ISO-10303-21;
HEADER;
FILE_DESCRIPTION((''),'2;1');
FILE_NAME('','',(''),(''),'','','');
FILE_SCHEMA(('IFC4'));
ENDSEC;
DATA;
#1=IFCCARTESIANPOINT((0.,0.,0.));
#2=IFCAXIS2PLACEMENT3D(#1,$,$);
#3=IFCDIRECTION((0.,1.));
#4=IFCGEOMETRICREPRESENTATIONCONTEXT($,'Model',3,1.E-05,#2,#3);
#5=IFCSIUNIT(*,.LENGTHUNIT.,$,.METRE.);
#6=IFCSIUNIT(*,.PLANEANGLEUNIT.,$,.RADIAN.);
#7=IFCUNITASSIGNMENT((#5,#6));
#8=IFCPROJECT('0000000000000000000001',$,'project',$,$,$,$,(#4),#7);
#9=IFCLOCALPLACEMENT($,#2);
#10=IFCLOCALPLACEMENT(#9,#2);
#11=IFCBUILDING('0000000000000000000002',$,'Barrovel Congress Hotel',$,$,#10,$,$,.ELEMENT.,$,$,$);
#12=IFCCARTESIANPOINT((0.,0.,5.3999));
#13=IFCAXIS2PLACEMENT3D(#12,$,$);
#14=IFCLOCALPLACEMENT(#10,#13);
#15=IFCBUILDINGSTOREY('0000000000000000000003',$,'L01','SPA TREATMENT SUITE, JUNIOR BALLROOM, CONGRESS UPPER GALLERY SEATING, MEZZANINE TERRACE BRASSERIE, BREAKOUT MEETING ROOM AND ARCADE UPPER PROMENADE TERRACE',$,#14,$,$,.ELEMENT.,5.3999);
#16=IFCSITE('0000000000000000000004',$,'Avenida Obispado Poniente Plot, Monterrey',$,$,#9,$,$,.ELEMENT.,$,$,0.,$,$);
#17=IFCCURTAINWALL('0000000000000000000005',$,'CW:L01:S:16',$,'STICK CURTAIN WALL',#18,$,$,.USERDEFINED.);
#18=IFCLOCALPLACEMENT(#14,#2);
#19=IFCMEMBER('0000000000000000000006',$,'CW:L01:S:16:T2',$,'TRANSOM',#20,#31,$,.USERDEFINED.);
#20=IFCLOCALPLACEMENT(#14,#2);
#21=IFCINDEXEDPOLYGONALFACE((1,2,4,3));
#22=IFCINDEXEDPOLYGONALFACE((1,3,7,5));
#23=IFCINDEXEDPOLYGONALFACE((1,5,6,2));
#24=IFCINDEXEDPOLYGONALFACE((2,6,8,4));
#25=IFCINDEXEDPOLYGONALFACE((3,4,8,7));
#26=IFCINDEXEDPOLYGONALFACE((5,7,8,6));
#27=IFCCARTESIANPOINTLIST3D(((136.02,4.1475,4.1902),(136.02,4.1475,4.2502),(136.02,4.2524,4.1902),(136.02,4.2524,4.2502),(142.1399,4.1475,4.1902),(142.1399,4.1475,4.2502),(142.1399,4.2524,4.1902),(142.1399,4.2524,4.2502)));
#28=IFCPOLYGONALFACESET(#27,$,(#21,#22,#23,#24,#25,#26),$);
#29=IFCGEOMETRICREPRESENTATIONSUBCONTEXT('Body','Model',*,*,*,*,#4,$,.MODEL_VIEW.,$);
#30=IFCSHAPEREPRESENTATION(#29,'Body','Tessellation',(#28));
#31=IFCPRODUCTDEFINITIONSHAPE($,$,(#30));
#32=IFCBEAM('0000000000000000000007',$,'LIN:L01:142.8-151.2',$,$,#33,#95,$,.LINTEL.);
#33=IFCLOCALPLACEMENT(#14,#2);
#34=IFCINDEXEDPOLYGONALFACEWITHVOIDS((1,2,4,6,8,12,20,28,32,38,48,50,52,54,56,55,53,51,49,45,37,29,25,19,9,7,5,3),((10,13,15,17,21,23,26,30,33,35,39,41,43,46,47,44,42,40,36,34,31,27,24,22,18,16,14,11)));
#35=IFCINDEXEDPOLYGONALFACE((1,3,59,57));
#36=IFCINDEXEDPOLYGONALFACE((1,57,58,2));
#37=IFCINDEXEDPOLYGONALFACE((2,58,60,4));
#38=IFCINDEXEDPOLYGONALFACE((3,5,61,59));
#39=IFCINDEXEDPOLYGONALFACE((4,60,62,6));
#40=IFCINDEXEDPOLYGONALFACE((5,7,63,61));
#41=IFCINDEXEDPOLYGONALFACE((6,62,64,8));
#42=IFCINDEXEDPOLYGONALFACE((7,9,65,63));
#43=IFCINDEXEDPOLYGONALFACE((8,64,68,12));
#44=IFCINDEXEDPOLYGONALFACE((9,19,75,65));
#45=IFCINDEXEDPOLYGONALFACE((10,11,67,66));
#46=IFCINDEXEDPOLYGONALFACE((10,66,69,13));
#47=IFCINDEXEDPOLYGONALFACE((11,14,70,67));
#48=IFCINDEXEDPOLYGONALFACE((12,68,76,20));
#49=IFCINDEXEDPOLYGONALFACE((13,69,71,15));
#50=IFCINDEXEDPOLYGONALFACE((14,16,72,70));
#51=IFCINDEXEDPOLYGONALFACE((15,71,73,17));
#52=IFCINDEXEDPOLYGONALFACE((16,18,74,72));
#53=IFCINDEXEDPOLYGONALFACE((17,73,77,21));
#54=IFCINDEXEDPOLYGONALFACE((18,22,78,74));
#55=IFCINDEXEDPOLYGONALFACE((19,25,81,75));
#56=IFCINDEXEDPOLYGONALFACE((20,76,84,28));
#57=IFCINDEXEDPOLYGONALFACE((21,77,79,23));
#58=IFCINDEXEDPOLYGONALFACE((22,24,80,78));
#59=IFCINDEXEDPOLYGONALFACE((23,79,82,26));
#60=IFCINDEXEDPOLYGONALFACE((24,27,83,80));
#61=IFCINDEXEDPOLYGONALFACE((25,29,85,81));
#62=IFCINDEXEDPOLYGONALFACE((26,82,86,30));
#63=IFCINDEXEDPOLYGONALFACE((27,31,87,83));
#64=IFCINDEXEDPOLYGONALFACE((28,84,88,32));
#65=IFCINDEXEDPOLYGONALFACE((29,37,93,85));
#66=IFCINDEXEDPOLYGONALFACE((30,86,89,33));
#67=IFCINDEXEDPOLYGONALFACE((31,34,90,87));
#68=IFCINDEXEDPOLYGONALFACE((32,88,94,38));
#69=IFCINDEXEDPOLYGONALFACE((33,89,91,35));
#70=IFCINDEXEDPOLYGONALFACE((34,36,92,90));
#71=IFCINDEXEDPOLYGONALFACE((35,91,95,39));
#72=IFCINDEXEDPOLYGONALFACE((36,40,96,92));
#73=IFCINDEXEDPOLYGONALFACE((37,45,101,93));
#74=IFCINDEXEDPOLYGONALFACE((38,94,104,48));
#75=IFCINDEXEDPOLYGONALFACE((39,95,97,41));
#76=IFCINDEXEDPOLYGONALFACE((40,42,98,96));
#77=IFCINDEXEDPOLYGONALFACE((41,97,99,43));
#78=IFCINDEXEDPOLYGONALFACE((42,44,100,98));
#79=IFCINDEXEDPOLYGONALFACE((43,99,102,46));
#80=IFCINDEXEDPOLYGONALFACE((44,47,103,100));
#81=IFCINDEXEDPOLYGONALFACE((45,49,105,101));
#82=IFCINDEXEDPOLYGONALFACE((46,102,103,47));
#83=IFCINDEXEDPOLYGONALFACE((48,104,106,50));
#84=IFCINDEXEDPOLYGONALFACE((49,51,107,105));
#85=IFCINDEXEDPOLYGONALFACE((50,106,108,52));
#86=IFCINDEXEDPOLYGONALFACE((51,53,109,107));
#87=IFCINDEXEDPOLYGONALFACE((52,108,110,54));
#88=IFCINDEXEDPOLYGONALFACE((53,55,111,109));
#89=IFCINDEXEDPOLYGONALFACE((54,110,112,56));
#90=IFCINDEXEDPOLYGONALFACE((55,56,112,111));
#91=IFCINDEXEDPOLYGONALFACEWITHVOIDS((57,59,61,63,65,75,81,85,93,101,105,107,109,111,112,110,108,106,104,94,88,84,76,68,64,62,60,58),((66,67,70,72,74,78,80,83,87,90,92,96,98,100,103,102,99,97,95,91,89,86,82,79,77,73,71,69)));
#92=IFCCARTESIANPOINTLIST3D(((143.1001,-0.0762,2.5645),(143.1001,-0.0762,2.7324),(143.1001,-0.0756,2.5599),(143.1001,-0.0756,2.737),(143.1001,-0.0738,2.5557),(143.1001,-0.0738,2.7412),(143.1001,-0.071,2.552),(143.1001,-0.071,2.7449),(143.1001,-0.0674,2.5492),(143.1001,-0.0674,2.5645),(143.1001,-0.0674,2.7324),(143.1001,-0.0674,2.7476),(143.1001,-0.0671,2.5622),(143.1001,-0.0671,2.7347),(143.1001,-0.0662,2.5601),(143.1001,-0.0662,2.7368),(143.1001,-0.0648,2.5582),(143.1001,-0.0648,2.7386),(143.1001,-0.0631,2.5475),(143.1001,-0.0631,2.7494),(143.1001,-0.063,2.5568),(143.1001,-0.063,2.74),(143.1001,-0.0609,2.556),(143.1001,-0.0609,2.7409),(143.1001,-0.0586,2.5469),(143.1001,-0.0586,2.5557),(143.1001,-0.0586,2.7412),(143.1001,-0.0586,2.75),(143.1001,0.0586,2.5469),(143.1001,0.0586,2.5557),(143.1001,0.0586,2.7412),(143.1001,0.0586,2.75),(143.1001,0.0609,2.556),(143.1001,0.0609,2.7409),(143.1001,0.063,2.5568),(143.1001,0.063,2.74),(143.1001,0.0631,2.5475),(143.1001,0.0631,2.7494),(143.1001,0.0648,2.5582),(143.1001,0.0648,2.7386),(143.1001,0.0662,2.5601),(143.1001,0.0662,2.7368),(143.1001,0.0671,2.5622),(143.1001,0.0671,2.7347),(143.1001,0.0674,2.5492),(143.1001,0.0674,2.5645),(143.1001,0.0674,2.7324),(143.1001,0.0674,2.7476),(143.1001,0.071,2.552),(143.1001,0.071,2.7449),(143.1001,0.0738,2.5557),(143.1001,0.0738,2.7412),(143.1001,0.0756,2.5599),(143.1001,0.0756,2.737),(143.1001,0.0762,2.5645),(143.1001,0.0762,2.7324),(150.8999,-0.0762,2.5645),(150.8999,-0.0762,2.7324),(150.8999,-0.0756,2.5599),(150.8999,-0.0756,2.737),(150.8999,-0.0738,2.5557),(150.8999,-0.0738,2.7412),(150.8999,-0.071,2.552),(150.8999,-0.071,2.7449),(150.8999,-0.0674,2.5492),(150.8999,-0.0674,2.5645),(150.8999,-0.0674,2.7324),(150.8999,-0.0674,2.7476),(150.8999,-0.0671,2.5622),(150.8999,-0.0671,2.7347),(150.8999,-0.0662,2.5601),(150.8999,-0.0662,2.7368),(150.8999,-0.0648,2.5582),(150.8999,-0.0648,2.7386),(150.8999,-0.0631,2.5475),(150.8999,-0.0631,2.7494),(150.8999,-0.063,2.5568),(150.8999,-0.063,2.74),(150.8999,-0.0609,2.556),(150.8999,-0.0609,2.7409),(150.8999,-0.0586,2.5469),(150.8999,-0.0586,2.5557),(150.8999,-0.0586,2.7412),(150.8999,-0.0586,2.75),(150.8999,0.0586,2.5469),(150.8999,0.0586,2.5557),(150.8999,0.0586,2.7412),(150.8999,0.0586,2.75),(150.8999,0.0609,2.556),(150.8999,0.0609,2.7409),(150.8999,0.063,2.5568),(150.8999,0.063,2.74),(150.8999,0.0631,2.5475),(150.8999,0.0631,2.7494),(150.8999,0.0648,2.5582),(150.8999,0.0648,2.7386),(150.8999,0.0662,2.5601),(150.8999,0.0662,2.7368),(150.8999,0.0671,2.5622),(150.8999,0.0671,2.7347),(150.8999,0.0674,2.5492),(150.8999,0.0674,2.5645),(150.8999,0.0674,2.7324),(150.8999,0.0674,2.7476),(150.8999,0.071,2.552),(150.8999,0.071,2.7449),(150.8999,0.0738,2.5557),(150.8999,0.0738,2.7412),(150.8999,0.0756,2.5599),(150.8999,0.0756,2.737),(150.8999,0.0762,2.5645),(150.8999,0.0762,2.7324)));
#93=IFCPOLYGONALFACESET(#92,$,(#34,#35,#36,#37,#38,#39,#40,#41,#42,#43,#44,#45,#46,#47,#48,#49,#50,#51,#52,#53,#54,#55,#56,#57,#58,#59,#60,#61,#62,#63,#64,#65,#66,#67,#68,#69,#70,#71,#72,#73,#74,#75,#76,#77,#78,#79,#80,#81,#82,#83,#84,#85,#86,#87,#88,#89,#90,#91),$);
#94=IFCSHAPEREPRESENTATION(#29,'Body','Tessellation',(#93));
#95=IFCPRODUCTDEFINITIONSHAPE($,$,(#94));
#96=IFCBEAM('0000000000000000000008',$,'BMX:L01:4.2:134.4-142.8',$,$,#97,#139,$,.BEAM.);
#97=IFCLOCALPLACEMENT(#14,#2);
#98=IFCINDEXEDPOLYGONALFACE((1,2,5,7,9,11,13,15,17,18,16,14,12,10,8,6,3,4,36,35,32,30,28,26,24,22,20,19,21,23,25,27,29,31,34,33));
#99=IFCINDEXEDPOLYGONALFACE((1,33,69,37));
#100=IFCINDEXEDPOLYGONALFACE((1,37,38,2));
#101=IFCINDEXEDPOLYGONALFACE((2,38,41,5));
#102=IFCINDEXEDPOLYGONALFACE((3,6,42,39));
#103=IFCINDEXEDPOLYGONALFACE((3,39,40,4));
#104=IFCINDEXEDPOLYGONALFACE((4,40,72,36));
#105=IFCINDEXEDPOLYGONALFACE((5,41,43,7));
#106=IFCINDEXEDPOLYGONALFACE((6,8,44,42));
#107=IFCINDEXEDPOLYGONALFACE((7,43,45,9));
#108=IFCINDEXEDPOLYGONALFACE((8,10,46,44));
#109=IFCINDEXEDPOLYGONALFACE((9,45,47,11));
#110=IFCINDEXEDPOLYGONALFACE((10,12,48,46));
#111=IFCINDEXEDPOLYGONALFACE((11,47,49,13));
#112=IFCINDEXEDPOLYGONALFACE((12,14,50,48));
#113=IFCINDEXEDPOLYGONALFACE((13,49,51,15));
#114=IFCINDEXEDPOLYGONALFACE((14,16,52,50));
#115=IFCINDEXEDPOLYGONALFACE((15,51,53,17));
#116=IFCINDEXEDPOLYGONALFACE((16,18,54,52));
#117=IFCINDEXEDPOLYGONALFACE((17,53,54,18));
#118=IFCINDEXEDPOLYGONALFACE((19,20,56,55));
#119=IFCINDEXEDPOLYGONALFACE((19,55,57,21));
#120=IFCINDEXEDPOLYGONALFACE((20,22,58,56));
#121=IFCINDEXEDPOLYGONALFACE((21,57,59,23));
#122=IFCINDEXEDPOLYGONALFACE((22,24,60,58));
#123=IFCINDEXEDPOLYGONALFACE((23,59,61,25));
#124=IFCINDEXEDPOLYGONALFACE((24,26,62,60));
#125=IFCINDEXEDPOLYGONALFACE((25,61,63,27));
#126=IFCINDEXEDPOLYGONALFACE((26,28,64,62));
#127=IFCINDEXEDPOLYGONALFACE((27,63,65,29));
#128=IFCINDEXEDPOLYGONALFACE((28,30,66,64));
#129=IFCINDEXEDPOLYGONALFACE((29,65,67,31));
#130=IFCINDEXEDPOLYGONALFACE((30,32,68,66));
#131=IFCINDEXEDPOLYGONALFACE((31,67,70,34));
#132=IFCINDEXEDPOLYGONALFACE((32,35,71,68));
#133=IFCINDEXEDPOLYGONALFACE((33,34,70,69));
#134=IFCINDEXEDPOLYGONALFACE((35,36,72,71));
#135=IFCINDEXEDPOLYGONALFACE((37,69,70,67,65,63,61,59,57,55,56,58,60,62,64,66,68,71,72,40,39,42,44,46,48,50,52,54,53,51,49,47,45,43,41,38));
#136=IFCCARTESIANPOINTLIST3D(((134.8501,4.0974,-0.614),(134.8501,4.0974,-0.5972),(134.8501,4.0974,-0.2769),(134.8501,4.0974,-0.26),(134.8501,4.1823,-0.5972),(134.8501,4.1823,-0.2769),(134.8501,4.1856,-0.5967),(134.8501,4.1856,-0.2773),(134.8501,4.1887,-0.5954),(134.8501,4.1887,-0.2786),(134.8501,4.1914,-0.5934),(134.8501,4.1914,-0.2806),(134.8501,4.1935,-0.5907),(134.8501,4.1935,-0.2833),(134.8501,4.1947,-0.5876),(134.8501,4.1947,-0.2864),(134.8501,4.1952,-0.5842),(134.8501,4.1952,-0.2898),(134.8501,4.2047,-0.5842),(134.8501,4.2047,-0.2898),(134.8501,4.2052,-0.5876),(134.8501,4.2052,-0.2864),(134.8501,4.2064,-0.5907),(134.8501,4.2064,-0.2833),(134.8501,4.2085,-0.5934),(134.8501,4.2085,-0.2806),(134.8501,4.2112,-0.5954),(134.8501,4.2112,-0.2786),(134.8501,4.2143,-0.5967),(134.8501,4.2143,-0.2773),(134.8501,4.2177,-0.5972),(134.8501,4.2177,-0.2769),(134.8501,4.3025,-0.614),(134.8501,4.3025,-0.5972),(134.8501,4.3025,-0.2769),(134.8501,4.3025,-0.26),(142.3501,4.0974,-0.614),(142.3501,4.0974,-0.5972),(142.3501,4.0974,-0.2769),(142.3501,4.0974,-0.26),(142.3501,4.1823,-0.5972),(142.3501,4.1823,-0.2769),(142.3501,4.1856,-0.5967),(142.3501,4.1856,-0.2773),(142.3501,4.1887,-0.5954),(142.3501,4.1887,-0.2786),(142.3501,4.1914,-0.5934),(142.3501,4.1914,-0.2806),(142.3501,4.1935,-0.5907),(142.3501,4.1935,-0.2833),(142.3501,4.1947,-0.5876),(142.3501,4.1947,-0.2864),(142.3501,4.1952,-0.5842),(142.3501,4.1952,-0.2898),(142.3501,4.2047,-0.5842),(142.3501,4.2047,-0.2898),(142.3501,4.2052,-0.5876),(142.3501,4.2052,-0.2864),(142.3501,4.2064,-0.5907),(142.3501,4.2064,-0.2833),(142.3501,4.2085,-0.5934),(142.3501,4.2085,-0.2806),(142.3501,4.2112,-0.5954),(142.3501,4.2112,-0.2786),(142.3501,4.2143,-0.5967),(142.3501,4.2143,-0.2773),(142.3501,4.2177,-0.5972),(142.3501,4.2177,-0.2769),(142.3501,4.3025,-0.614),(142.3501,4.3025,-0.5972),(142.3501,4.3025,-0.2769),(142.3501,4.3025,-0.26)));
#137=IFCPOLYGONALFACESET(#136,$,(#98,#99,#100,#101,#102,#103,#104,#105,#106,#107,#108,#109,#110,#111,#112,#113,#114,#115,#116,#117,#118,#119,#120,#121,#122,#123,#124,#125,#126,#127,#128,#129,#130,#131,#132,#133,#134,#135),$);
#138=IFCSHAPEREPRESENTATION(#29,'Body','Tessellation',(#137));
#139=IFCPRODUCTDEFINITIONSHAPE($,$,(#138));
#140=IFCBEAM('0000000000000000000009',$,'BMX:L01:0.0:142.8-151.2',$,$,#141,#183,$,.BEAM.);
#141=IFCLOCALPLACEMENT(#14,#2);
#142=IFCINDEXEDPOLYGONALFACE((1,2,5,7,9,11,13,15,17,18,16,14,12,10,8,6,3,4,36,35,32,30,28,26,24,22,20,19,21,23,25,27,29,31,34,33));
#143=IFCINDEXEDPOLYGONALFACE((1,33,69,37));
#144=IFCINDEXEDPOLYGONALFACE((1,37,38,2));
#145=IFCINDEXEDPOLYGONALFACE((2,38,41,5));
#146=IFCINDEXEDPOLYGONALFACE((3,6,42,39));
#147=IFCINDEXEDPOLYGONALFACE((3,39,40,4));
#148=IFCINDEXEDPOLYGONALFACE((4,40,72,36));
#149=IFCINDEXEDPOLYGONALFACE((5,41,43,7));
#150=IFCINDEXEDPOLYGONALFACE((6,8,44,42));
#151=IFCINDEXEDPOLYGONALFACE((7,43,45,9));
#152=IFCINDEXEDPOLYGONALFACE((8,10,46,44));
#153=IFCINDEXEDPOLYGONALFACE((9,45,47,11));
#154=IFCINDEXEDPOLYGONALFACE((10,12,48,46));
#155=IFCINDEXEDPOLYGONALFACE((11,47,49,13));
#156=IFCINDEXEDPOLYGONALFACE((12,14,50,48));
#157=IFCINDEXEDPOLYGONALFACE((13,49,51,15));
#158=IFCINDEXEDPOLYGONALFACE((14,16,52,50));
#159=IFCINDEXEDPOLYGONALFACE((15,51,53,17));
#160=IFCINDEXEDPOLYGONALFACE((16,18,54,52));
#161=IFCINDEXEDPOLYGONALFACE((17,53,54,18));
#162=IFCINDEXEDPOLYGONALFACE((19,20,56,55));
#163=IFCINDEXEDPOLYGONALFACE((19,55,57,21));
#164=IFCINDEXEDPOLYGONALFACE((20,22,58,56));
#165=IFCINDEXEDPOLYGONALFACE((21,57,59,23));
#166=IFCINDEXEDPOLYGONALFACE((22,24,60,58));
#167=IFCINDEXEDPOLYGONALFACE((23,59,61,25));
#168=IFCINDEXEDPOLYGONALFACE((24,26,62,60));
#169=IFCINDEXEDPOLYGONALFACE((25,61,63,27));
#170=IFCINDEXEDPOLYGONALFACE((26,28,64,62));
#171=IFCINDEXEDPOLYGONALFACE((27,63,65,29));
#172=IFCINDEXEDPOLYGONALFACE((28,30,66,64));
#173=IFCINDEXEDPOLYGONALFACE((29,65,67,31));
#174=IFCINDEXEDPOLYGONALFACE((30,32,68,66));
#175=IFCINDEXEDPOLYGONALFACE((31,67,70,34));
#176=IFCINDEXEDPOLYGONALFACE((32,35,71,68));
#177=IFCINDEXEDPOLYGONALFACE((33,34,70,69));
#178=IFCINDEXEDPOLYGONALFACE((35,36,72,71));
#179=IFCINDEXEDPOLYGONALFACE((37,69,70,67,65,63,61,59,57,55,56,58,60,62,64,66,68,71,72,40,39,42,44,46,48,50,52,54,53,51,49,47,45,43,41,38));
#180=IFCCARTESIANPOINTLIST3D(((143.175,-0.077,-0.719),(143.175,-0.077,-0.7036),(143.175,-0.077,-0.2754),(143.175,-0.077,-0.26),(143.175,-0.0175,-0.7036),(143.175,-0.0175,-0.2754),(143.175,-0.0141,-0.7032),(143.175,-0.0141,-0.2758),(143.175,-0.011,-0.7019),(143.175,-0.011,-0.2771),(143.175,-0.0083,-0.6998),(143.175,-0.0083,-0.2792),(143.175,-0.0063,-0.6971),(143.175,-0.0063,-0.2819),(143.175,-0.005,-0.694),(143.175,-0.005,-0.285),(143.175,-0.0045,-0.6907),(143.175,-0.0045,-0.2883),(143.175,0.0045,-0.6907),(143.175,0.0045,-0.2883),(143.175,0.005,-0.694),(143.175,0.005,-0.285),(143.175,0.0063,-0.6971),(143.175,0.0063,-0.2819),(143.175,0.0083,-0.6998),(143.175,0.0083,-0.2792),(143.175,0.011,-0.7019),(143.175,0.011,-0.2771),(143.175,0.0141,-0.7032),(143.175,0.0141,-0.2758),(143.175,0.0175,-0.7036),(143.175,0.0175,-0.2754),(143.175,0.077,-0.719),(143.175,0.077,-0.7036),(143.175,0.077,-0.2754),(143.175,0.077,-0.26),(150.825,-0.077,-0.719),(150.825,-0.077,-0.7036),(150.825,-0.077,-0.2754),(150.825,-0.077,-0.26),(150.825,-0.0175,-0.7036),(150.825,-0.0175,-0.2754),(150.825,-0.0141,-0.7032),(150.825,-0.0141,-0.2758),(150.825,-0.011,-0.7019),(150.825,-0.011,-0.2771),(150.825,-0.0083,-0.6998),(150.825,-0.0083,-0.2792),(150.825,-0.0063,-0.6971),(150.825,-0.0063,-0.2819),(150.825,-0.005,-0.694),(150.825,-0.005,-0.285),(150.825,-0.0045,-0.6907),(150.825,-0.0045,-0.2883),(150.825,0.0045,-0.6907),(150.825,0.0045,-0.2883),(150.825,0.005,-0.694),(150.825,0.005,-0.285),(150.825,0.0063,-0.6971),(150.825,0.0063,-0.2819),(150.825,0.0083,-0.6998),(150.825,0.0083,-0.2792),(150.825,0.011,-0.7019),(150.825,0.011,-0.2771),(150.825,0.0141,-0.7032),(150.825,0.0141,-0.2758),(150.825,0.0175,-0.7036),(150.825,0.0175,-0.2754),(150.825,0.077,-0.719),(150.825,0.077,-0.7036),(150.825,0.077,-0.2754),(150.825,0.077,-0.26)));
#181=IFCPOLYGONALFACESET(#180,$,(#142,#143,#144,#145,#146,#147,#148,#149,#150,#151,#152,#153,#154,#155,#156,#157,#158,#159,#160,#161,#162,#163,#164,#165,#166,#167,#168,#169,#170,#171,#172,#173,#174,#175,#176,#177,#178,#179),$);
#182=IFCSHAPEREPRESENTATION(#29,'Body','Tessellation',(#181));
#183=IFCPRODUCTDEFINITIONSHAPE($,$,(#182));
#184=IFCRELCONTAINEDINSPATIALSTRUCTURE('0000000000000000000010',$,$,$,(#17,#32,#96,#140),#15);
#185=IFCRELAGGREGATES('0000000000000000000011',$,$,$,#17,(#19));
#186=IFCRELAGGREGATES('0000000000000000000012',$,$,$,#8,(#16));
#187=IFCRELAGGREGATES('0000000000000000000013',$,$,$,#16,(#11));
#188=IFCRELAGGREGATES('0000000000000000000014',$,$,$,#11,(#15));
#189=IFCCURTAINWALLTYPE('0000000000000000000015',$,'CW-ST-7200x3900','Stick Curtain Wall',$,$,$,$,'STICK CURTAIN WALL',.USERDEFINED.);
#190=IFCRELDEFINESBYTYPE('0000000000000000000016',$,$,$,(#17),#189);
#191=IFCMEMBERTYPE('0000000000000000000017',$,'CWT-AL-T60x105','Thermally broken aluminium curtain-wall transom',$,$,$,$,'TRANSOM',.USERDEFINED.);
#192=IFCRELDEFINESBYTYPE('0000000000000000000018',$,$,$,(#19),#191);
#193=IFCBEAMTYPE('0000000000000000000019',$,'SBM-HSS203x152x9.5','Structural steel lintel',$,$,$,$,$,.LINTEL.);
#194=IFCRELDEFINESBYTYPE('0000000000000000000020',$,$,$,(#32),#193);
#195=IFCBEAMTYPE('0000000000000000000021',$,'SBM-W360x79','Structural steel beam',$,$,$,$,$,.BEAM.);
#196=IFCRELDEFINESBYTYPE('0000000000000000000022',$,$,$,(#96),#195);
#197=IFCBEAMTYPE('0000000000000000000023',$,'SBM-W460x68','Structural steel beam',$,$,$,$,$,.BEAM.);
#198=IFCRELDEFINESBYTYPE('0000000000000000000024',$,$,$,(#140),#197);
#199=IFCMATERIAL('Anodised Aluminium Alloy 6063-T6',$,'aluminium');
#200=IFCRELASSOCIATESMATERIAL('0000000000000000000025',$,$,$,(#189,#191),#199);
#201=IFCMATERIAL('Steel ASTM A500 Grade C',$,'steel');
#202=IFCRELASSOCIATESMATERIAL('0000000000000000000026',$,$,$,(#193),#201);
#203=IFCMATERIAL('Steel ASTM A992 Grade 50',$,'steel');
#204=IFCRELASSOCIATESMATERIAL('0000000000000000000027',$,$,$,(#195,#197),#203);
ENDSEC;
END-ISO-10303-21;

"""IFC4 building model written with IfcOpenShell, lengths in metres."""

from ifc_helpers import new_model, si_unit, direction, frame, origin, origin_2d, place, context, subcontext, project, spatial, rectangle, hollow_rectangle, i_section, extrude, material, material_profile, profile_set, type_object, element, aggregate, save


model = new_model("IFC4")

# Units and contexts
model_context = context("Model", 3, precision=1e-05, world=origin(), true_north=direction((0.0, 1.0)))
body_context = subcontext(model_context, "Body", "Model", "MODEL_VIEW")
ifc_project = project(units=[si_unit("LENGTHUNIT", "METRE"), si_unit("PLANEANGLEUNIT", "RADIAN")], contexts=[model_context])

# Site, building, storey
site_placement = place(None, origin())
site = spatial("IfcSite", under=ifc_project, at=site_placement, Name="Avenida Obispado Poniente Plot, Monterrey", CompositionType="ELEMENT", RefElevation=0.0)
building_placement = place(site_placement, origin())
building = spatial("IfcBuilding", under=site, at=building_placement, Name="Barrovel Congress Hotel", CompositionType="ELEMENT")
storey_placement = place(building_placement, frame((0.0, 0.0, 5.3999)))
storey = spatial("IfcBuildingStorey", under=building, at=storey_placement, Name="L01", Description="SPA TREATMENT SUITE, JUNIOR BALLROOM, CONGRESS UPPER GALLERY SEATING, MEZZANINE TERRACE BRASSERIE, BREAKOUT MEETING ROOM AND ARCADE UPPER PROMENADE TERRACE", CompositionType="ELEMENT", Elevation=5.3999)

# Curtain wall, member
ifc_material_1 = material(Name="Anodised Aluminium Alloy 6063-T6", Category="aluminium")
curtain_wall_type = type_object("IfcCurtainWallType", Name="CW-ST-7200x3900", Description="Stick Curtain Wall", ElementType="STICK CURTAIN WALL", PredefinedType="USERDEFINED", material=ifc_material_1)
curtain_wall_placement = place(storey_placement, origin())
curtain_wall = element("IfcCurtainWall", 1, at=curtain_wall_placement, inside=storey, type_object=curtain_wall_type, Name="CW:L01:S:16", ObjectType="STICK CURTAIN WALL", PredefinedType="USERDEFINED")
ifc_material_profile_1 = material_profile(ifc_material_1, rectangle(XDim=0.105, YDim=0.0601, at=origin_2d()), Name="AL-T60x105")
ifc_profile_set_1 = profile_set([ifc_material_profile_1], Name="Anodised Aluminium Alloy 6063-T6")
member_type_1 = type_object("IfcMemberType", Name="CWT-AL-T60x105", Description="Thermally broken aluminium curtain-wall transom", ElementType="TRANSOM", PredefinedType="USERDEFINED", material=ifc_profile_set_1)
member_1_placement = place(storey_placement, frame((136.02, 4.2, 4.2202), z_axis=(1.0, 0.0, 0.0), x_axis=(0.0, 1.0, 0.0)))
member_1 = element("IfcMember", 2, at=member_1_placement, type_object=member_type_1, Name="CW:L01:S:16:T2", ObjectType="TRANSOM", PredefinedType="USERDEFINED", context=body_context, shape_type="SweptSolid", body=[
    extrude(rectangle(XDim=0.105, YDim=0.0601, at=origin_2d()), origin(), (0.0, 0.0, 1.0), 6.1199),
])

# Beams
ifc_material_2 = material(Name="Steel ASTM A500 Grade C", Category="steel")
ifc_material_profile_2 = material_profile(ifc_material_2, hollow_rectangle(XDim=0.1523, YDim=0.2031, WallThickness=0.0088, InnerFilletRadius=0.0088, OuterFilletRadius=0.0176, at=origin_2d()), Name="HSS203x152x9.5")
ifc_profile_set_2 = profile_set([ifc_material_profile_2], Name="Steel ASTM A500 Grade C")
beam_type_1 = type_object("IfcBeamType", Name="SBM-HSS203x152x9.5", Description="Structural steel lintel", PredefinedType="LINTEL", material=ifc_profile_set_2)
beam_1_placement = place(storey_placement, frame((143.1001, 0.0, 2.6484), z_axis=(1.0, 0.0, 0.0), x_axis=(0.0, 1.0, 0.0)))
element("IfcBeam", 3, at=beam_1_placement, inside=storey, type_object=beam_type_1, Name="LIN:L01:142.8-151.2", PredefinedType="LINTEL", context=body_context, shape_type="SweptSolid", body=[
    extrude(hollow_rectangle(XDim=0.1523, YDim=0.2031, WallThickness=0.0088, InnerFilletRadius=0.0088, OuterFilletRadius=0.0176, at=origin_2d()), origin(), (0.0, 0.0, 1.0), 7.7998),
])
ifc_material_3 = material(Name="Steel ASTM A992 Grade 50", Category="steel")
ifc_material_profile_3 = material_profile(ifc_material_3, i_section(OverallWidth=0.2051, OverallDepth=0.354, WebThickness=0.0095, FlangeThickness=0.0168, FilletRadius=0.0129, at=origin_2d()), Name="W360x79")
ifc_profile_set_3 = profile_set([ifc_material_profile_3], Name="Steel ASTM A992 Grade 50")
beam_type_2 = type_object("IfcBeamType", Name="SBM-W360x79", Description="Structural steel beam", PredefinedType="BEAM", material=ifc_profile_set_3)
beam_2_placement = place(storey_placement, frame((134.8501, 4.2, -0.437), z_axis=(1.0, 0.0, 0.0), x_axis=(0.0, 1.0, 0.0)))
element("IfcBeam", 4, at=beam_2_placement, inside=storey, type_object=beam_type_2, Name="BMX:L01:4.2:134.4-142.8", PredefinedType="BEAM", context=body_context, shape_type="SweptSolid", body=[
    extrude(i_section(OverallWidth=0.2051, OverallDepth=0.354, WebThickness=0.0095, FlangeThickness=0.0168, FilletRadius=0.0129, at=origin_2d()), origin(), (0.0, 0.0, 1.0), 7.5),
])
ifc_material_profile_4 = material_profile(ifc_material_3, i_section(OverallWidth=0.1541, OverallDepth=0.459, WebThickness=0.009, FlangeThickness=0.0154, FilletRadius=0.0129, at=origin_2d()), Name="W460x68")
ifc_profile_set_4 = profile_set([ifc_material_profile_4], Name="Steel ASTM A992 Grade 50")
beam_type_3 = type_object("IfcBeamType", Name="SBM-W460x68", Description="Structural steel beam", PredefinedType="BEAM", material=ifc_profile_set_4)
beam_3_placement = place(storey_placement, frame((143.175, 0.0, -0.4895), z_axis=(1.0, 0.0, 0.0), x_axis=(0.0, 1.0, 0.0)))
element("IfcBeam", 5, at=beam_3_placement, inside=storey, type_object=beam_type_3, Name="BMX:L01:0.0:142.8-151.2", PredefinedType="BEAM", context=body_context, shape_type="SweptSolid", body=[
    extrude(i_section(OverallWidth=0.1541, OverallDepth=0.459, WebThickness=0.009, FlangeThickness=0.0154, FilletRadius=0.0129, at=origin_2d()), origin(), (0.0, 0.0, 1.0), 7.6499),
])

aggregate(curtain_wall, [member_1])

save(model, "model.ifc")
